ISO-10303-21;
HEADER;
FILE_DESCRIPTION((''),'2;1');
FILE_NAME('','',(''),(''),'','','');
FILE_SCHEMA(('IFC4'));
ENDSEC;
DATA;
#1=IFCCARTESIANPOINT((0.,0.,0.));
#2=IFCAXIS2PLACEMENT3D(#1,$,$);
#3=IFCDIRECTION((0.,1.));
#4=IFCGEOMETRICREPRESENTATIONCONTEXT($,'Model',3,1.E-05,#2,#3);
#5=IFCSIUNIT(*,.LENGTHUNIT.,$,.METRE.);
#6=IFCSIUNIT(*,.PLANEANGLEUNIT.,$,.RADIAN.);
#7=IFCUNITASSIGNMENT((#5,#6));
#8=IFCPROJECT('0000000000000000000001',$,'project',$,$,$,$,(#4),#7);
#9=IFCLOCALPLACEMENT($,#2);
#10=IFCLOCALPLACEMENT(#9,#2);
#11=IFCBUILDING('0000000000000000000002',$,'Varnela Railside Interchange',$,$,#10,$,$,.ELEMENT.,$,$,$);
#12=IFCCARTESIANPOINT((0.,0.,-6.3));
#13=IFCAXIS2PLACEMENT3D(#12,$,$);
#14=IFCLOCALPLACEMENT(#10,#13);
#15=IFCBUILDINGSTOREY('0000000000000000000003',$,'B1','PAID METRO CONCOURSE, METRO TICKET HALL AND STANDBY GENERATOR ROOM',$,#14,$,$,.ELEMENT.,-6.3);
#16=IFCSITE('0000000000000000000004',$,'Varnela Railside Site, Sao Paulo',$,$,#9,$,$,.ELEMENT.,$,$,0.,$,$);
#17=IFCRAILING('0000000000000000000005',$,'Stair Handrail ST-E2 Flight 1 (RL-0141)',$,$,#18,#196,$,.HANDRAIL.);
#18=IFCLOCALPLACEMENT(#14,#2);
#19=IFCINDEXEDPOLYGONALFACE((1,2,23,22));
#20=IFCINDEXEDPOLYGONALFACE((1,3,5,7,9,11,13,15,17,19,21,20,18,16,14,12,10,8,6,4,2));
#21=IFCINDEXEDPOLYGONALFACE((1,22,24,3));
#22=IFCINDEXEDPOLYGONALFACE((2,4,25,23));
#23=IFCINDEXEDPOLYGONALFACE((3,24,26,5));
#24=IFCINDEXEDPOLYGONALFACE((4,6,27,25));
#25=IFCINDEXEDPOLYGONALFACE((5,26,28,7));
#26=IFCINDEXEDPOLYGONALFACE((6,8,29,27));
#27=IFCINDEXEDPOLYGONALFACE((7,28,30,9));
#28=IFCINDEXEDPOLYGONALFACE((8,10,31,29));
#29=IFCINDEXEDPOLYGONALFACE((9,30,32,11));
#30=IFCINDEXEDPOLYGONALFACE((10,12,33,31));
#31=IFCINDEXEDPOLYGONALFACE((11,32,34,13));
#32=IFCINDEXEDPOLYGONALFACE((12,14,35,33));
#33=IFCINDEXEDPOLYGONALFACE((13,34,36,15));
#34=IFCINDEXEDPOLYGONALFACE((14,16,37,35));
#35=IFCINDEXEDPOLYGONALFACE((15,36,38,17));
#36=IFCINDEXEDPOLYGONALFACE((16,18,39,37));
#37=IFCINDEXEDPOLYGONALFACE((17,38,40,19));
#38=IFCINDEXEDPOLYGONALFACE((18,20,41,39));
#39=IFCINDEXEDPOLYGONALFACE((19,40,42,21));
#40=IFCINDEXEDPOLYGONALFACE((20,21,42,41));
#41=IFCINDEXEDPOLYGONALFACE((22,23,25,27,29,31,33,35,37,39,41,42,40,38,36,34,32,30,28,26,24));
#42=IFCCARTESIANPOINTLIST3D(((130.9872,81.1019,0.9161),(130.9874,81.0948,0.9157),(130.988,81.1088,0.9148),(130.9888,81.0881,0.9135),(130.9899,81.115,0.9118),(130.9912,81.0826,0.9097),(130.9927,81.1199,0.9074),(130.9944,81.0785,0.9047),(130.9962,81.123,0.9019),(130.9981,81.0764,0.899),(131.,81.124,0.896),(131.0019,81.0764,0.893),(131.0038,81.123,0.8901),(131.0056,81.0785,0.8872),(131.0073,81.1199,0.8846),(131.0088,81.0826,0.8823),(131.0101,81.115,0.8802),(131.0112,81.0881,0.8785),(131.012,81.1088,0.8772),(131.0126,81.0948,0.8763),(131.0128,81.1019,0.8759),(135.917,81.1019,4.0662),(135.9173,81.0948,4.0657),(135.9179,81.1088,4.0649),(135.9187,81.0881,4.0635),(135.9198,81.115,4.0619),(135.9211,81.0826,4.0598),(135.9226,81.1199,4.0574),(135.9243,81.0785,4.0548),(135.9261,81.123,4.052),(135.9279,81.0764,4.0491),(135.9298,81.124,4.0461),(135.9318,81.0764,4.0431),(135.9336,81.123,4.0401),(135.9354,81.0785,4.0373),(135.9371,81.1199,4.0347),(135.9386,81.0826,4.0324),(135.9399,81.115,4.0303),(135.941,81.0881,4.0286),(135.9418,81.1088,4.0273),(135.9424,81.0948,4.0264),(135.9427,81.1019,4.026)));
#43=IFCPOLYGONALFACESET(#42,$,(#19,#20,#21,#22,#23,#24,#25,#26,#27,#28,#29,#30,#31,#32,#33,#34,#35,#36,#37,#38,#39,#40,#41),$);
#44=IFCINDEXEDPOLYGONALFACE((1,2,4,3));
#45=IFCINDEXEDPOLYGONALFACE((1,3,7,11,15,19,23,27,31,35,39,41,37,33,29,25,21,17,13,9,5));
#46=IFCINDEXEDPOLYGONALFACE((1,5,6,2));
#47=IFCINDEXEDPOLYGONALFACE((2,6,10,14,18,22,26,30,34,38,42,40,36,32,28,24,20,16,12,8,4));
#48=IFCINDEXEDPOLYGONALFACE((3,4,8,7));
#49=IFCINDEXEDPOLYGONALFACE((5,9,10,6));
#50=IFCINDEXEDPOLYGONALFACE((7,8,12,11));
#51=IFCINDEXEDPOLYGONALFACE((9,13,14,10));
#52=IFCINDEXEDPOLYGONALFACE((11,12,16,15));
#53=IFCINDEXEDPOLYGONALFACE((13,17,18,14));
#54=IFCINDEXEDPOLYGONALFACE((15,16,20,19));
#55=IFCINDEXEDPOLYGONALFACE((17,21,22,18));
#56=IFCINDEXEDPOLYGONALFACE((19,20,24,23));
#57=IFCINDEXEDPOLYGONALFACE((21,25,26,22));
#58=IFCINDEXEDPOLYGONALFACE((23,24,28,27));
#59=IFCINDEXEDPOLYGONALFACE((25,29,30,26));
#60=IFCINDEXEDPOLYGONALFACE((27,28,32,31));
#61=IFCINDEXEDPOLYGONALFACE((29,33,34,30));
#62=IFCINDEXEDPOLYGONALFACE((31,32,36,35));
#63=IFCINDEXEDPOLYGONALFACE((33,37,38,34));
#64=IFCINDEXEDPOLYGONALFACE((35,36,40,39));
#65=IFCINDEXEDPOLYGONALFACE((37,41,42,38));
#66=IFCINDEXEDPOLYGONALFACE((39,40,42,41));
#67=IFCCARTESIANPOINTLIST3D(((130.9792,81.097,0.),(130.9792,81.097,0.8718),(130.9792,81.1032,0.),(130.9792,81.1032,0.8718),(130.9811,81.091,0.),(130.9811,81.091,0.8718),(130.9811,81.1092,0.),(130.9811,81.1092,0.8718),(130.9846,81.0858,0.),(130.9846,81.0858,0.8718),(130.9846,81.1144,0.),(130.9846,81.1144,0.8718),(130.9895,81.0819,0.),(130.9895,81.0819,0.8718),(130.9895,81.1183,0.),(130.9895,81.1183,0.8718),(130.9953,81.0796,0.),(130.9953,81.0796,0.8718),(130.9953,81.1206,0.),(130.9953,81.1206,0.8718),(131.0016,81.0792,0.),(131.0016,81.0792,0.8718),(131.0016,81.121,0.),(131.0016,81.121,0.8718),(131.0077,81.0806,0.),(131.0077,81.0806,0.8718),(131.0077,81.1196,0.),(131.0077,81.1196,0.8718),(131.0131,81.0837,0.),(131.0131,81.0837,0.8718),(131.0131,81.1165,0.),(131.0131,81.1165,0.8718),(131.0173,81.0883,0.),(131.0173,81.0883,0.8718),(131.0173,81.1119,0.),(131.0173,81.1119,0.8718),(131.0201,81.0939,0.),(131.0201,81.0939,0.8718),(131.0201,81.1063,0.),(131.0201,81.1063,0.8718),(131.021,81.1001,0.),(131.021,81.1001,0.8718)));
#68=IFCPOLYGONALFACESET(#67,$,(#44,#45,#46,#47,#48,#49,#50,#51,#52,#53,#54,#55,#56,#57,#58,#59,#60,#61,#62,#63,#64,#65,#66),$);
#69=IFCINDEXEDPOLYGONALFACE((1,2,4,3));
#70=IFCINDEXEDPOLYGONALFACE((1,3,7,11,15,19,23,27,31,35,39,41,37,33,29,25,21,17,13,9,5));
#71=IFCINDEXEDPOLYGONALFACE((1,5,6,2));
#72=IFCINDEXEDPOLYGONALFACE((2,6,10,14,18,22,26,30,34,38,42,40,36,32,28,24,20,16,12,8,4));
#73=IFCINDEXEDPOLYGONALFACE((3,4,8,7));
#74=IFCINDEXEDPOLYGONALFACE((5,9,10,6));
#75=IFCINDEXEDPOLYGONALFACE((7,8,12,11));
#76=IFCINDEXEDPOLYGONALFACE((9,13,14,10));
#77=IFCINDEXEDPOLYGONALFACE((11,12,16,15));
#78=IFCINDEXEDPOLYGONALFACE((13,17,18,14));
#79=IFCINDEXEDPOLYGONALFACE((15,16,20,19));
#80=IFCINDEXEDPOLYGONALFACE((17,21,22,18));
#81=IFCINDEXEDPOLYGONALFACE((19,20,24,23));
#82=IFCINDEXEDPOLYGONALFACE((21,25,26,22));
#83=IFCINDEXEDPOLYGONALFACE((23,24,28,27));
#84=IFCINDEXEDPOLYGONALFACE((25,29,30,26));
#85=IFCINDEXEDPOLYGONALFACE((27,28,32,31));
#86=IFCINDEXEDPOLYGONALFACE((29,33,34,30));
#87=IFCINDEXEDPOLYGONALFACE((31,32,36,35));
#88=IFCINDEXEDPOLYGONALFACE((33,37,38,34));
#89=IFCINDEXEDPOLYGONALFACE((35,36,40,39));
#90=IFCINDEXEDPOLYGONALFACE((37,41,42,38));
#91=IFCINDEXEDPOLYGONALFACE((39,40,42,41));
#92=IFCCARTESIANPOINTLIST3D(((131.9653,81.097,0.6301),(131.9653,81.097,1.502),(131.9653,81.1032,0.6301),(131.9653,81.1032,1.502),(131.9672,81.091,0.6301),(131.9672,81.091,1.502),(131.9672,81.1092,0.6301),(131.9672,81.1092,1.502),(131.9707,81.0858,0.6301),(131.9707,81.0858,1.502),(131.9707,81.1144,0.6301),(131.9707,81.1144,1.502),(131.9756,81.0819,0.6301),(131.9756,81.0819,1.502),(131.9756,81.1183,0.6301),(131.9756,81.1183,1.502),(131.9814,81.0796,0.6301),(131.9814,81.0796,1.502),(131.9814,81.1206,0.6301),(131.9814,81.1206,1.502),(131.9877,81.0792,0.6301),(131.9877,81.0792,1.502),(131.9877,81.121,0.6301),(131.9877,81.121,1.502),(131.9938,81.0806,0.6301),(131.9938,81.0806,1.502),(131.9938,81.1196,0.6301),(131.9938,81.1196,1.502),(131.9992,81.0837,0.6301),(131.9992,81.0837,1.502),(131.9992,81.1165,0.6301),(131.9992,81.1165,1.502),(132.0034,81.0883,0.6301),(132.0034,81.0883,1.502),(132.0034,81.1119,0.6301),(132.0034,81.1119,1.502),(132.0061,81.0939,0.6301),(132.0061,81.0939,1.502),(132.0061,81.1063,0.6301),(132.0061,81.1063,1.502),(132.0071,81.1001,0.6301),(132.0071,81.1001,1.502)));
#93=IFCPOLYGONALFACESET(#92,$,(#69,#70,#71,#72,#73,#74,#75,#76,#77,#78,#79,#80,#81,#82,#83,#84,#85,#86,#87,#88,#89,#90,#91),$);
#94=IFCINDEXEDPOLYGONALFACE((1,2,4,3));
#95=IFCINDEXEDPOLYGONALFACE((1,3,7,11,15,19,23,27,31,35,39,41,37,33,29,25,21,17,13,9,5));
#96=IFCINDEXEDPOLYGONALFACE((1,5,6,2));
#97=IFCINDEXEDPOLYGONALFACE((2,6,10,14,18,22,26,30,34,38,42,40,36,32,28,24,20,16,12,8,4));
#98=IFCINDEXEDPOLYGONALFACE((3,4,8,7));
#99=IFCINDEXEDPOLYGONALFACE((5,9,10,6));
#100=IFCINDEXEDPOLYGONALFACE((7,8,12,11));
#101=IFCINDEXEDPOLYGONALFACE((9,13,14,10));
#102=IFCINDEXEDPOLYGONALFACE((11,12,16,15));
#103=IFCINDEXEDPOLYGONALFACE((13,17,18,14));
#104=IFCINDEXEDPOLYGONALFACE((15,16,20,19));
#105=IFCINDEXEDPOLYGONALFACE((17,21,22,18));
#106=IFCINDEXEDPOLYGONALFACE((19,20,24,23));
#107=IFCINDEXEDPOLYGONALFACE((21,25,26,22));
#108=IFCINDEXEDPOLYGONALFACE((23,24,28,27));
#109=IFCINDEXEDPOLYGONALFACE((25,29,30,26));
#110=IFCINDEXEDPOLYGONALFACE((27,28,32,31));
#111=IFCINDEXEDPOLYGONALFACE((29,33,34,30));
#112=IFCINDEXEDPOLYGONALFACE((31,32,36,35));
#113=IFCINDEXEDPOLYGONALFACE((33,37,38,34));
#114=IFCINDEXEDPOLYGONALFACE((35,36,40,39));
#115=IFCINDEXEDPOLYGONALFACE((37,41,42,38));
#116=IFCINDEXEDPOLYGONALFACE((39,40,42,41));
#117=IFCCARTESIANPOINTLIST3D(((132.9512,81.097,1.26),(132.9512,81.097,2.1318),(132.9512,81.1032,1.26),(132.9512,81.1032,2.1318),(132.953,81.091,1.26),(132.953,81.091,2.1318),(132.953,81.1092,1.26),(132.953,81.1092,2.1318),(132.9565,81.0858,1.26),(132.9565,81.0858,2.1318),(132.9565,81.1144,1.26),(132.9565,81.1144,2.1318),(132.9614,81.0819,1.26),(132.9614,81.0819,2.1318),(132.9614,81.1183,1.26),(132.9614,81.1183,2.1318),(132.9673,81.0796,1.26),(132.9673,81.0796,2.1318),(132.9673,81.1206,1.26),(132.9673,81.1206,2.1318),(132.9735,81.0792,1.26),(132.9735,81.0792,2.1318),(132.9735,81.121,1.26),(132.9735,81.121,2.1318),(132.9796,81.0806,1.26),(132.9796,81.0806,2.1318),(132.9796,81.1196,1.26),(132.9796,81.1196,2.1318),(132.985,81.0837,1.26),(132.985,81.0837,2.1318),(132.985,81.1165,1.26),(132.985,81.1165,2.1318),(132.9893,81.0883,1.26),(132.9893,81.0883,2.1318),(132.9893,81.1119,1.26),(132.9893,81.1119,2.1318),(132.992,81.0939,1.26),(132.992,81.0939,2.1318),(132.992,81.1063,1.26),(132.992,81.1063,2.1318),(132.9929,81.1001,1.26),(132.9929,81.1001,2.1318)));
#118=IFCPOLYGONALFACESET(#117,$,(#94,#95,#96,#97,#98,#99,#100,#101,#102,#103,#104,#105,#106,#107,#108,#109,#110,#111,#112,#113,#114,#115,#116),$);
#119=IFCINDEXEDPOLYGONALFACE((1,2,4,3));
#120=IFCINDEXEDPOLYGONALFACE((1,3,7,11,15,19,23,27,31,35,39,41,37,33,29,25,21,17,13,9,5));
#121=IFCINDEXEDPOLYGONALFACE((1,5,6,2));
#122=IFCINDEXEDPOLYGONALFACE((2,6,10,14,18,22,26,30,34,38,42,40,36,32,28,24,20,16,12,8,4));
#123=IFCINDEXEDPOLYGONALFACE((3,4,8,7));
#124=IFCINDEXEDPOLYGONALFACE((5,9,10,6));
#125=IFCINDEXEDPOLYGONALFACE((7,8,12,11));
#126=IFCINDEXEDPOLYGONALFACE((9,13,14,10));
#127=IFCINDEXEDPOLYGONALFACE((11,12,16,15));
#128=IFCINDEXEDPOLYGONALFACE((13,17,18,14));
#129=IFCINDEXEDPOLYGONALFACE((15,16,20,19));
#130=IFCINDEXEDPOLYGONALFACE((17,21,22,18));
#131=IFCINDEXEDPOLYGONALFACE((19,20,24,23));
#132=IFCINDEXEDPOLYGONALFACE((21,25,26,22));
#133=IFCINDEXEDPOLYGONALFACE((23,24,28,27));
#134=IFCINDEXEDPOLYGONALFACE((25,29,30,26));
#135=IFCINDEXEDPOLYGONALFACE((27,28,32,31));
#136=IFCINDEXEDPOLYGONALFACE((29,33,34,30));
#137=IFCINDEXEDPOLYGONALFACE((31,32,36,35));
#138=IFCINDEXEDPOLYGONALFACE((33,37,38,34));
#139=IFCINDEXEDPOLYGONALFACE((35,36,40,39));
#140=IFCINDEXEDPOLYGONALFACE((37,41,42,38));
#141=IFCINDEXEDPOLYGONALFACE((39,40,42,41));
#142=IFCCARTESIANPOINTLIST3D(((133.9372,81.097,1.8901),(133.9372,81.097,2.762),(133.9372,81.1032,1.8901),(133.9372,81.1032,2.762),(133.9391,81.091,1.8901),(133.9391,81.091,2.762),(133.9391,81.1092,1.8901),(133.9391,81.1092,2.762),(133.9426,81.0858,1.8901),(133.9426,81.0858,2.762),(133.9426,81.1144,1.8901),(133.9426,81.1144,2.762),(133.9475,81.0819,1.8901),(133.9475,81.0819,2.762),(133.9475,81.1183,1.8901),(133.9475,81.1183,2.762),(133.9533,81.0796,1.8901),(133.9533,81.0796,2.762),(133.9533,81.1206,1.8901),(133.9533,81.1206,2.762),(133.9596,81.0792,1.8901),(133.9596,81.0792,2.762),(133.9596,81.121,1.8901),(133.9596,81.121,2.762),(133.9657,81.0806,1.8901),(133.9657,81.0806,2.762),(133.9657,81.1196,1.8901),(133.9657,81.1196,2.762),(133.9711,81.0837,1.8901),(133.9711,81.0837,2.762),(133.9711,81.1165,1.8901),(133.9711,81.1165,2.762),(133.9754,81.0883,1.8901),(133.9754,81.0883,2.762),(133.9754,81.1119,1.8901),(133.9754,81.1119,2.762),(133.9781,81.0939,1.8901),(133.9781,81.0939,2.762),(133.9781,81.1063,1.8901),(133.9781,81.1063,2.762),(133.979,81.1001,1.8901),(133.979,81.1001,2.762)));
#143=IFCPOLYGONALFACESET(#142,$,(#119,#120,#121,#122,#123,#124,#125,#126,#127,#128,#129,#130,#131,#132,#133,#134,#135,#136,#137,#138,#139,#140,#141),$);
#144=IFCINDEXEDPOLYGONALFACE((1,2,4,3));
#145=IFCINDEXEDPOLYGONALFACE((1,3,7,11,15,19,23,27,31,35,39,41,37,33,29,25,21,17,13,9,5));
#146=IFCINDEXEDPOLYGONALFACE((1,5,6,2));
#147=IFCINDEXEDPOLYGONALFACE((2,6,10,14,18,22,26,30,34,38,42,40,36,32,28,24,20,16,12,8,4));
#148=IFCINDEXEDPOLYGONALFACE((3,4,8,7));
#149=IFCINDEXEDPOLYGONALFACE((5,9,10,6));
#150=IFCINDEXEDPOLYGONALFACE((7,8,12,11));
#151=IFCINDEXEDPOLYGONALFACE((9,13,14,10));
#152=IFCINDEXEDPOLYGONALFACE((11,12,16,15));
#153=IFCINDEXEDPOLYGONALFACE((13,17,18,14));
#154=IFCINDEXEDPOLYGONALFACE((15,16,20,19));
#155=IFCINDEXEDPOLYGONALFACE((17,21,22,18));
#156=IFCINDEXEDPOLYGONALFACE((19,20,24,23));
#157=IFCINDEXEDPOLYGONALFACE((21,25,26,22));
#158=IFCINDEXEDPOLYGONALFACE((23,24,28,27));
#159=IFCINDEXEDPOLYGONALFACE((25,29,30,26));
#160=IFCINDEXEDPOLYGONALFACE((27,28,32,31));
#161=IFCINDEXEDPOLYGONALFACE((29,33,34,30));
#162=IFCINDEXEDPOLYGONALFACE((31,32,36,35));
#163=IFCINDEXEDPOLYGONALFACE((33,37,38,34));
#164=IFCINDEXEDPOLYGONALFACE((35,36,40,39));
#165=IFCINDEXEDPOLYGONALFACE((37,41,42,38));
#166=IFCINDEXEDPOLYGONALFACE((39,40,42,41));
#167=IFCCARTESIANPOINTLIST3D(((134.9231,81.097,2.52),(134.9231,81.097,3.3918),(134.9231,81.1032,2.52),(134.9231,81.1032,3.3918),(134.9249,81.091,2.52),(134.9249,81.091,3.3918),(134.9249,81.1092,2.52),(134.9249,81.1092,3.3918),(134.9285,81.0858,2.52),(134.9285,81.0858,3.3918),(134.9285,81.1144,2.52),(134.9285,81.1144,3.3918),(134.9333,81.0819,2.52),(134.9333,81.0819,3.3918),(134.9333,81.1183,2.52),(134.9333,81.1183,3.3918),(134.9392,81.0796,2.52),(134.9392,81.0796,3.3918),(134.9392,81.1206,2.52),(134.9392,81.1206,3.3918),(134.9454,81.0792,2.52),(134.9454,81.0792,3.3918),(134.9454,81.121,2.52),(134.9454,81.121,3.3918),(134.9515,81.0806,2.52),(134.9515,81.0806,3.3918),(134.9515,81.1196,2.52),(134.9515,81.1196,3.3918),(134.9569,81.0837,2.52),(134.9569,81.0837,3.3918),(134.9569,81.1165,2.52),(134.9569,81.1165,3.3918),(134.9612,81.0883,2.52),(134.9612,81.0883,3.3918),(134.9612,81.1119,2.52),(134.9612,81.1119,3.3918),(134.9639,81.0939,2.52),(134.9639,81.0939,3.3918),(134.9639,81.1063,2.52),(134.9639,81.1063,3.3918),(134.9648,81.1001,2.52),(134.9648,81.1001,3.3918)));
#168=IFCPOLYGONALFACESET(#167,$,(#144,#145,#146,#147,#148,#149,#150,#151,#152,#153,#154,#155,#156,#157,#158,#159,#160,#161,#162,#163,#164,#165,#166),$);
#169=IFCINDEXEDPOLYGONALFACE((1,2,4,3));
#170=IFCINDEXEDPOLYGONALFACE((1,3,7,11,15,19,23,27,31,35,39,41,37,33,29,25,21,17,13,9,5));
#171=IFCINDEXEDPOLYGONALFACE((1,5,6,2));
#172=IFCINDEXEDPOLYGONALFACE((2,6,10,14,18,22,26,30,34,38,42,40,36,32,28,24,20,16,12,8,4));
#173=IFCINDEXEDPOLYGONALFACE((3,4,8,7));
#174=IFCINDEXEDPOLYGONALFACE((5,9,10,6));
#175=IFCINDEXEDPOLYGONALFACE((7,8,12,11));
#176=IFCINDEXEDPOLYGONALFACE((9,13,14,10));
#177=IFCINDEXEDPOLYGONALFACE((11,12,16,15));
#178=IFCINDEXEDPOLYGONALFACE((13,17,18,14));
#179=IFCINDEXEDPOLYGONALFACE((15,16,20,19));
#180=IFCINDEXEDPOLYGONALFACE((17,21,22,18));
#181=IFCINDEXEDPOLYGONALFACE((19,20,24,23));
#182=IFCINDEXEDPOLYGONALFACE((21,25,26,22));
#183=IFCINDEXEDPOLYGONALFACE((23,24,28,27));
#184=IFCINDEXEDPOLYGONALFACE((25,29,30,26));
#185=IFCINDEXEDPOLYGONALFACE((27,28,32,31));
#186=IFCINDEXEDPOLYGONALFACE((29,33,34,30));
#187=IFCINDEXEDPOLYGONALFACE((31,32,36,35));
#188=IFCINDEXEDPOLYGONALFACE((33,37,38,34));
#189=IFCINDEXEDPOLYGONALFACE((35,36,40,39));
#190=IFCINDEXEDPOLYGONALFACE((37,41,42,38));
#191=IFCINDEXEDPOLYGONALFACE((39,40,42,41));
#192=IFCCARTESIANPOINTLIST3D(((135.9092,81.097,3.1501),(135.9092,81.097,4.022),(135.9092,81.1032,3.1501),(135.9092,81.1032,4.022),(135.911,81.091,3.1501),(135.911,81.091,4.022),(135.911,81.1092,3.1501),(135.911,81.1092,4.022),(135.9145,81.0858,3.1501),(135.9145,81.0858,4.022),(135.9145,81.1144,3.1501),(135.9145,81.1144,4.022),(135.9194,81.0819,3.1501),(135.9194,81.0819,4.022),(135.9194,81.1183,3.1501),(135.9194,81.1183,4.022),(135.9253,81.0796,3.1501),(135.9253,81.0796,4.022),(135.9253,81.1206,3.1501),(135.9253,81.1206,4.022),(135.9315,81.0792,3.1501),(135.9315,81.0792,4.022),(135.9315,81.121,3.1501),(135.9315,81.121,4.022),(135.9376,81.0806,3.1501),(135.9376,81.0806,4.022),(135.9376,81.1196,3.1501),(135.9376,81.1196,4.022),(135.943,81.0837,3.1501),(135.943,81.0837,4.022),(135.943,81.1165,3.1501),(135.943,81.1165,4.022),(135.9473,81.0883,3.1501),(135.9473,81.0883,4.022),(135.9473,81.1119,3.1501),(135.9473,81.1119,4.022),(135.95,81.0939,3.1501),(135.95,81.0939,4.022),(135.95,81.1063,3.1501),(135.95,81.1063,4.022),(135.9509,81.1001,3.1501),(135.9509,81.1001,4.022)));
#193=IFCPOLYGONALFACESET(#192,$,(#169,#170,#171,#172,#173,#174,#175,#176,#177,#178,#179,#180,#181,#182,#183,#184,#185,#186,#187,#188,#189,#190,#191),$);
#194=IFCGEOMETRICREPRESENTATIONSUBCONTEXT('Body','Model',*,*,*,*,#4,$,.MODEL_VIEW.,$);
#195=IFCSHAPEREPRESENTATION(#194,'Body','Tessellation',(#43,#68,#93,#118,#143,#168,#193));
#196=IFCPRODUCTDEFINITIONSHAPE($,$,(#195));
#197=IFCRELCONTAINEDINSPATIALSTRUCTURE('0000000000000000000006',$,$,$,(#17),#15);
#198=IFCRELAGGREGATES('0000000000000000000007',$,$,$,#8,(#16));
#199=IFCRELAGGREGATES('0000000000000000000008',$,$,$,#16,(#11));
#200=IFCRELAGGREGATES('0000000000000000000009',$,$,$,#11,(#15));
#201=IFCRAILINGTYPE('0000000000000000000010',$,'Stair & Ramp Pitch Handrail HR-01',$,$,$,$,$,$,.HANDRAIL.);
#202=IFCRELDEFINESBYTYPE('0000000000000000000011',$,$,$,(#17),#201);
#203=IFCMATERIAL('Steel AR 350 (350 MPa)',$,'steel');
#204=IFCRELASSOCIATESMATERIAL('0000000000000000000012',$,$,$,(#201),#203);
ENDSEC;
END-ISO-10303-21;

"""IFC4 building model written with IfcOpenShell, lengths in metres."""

from ifc_helpers import new_model, si_unit, direction, frame, origin, origin_2d, place, context, subcontext, project, spatial, circle, extrude, material, type_object, element, save


model = new_model("IFC4")

# Units and contexts
model_context = context("Model", 3, precision=1e-05, world=origin(), true_north=direction((0.0, 1.0)))
body_context = subcontext(model_context, "Body", "Model", "MODEL_VIEW")
ifc_project = project(units=[si_unit("LENGTHUNIT", "METRE"), si_unit("PLANEANGLEUNIT", "RADIAN")], contexts=[model_context])

# Site, building, storey
site_placement = place(None, origin())
site = spatial("IfcSite", under=ifc_project, at=site_placement, Name="Varnela Railside Site, Sao Paulo", CompositionType="ELEMENT", RefElevation=0.0)
building_placement = place(site_placement, origin())
building = spatial("IfcBuilding", under=site, at=building_placement, Name="Varnela Railside Interchange", CompositionType="ELEMENT")
storey_placement = place(building_placement, frame((0.0, 0.0, -6.3)))
storey = spatial("IfcBuildingStorey", under=building, at=storey_placement, Name="B1", Description="PAID METRO CONCOURSE, METRO TICKET HALL AND STANDBY GENERATOR ROOM", CompositionType="ELEMENT", Elevation=-6.3)

# Shared definitions
ifc_material_1 = material(Name="Steel AR 350 (350 MPa)", Category="steel")

# Railing
railing_type_1 = type_object("IfcRailingType", Name="Stair & Ramp Pitch Handrail HR-01", PredefinedType="HANDRAIL", material=ifc_material_1)
railing_1_placement = place(storey_placement, frame((131.0, 81.1001, 0.0)))
element("IfcRailing", 1, at=railing_1_placement, inside=storey, type_object=railing_type_1, Name="Stair Handrail ST-E2 Flight 1 (RL-0141)", PredefinedType="HANDRAIL", context=body_context, shape_type="SweptSolid", body=[
    extrude(circle(Radius=0.0239, at=origin_2d()), frame((0.0, 0.0, 0.896), z_axis=(0.84266, 0.0, 0.538446), x_axis=(0.0, 1.0, 0.0)), (0.0, 0.0, 1.0), 5.8503),
    extrude(circle(Radius=0.021, at=origin_2d()), origin(), (0.0, 0.0, 1.0), 0.8718),
    extrude(circle(Radius=0.021, at=origin_2d()), frame((0.9861, 0.0, 0.6301)), (0.0, 0.0, 1.0), 0.8718),
    extrude(circle(Radius=0.021, at=origin_2d()), frame((1.9719, 0.0, 1.26)), (0.0, 0.0, 1.0), 0.8718),
    extrude(circle(Radius=0.021, at=origin_2d()), frame((2.958, 0.0, 1.8901)), (0.0, 0.0, 1.0), 0.8718),
    extrude(circle(Radius=0.021, at=origin_2d()), frame((3.9438, 0.0, 2.52)), (0.0, 0.0, 1.0), 0.8718),
    extrude(circle(Radius=0.021, at=origin_2d()), frame((4.9299, 0.0, 3.1501)), (0.0, 0.0, 1.0), 0.8718),
])

save(model, "model.ifc")
